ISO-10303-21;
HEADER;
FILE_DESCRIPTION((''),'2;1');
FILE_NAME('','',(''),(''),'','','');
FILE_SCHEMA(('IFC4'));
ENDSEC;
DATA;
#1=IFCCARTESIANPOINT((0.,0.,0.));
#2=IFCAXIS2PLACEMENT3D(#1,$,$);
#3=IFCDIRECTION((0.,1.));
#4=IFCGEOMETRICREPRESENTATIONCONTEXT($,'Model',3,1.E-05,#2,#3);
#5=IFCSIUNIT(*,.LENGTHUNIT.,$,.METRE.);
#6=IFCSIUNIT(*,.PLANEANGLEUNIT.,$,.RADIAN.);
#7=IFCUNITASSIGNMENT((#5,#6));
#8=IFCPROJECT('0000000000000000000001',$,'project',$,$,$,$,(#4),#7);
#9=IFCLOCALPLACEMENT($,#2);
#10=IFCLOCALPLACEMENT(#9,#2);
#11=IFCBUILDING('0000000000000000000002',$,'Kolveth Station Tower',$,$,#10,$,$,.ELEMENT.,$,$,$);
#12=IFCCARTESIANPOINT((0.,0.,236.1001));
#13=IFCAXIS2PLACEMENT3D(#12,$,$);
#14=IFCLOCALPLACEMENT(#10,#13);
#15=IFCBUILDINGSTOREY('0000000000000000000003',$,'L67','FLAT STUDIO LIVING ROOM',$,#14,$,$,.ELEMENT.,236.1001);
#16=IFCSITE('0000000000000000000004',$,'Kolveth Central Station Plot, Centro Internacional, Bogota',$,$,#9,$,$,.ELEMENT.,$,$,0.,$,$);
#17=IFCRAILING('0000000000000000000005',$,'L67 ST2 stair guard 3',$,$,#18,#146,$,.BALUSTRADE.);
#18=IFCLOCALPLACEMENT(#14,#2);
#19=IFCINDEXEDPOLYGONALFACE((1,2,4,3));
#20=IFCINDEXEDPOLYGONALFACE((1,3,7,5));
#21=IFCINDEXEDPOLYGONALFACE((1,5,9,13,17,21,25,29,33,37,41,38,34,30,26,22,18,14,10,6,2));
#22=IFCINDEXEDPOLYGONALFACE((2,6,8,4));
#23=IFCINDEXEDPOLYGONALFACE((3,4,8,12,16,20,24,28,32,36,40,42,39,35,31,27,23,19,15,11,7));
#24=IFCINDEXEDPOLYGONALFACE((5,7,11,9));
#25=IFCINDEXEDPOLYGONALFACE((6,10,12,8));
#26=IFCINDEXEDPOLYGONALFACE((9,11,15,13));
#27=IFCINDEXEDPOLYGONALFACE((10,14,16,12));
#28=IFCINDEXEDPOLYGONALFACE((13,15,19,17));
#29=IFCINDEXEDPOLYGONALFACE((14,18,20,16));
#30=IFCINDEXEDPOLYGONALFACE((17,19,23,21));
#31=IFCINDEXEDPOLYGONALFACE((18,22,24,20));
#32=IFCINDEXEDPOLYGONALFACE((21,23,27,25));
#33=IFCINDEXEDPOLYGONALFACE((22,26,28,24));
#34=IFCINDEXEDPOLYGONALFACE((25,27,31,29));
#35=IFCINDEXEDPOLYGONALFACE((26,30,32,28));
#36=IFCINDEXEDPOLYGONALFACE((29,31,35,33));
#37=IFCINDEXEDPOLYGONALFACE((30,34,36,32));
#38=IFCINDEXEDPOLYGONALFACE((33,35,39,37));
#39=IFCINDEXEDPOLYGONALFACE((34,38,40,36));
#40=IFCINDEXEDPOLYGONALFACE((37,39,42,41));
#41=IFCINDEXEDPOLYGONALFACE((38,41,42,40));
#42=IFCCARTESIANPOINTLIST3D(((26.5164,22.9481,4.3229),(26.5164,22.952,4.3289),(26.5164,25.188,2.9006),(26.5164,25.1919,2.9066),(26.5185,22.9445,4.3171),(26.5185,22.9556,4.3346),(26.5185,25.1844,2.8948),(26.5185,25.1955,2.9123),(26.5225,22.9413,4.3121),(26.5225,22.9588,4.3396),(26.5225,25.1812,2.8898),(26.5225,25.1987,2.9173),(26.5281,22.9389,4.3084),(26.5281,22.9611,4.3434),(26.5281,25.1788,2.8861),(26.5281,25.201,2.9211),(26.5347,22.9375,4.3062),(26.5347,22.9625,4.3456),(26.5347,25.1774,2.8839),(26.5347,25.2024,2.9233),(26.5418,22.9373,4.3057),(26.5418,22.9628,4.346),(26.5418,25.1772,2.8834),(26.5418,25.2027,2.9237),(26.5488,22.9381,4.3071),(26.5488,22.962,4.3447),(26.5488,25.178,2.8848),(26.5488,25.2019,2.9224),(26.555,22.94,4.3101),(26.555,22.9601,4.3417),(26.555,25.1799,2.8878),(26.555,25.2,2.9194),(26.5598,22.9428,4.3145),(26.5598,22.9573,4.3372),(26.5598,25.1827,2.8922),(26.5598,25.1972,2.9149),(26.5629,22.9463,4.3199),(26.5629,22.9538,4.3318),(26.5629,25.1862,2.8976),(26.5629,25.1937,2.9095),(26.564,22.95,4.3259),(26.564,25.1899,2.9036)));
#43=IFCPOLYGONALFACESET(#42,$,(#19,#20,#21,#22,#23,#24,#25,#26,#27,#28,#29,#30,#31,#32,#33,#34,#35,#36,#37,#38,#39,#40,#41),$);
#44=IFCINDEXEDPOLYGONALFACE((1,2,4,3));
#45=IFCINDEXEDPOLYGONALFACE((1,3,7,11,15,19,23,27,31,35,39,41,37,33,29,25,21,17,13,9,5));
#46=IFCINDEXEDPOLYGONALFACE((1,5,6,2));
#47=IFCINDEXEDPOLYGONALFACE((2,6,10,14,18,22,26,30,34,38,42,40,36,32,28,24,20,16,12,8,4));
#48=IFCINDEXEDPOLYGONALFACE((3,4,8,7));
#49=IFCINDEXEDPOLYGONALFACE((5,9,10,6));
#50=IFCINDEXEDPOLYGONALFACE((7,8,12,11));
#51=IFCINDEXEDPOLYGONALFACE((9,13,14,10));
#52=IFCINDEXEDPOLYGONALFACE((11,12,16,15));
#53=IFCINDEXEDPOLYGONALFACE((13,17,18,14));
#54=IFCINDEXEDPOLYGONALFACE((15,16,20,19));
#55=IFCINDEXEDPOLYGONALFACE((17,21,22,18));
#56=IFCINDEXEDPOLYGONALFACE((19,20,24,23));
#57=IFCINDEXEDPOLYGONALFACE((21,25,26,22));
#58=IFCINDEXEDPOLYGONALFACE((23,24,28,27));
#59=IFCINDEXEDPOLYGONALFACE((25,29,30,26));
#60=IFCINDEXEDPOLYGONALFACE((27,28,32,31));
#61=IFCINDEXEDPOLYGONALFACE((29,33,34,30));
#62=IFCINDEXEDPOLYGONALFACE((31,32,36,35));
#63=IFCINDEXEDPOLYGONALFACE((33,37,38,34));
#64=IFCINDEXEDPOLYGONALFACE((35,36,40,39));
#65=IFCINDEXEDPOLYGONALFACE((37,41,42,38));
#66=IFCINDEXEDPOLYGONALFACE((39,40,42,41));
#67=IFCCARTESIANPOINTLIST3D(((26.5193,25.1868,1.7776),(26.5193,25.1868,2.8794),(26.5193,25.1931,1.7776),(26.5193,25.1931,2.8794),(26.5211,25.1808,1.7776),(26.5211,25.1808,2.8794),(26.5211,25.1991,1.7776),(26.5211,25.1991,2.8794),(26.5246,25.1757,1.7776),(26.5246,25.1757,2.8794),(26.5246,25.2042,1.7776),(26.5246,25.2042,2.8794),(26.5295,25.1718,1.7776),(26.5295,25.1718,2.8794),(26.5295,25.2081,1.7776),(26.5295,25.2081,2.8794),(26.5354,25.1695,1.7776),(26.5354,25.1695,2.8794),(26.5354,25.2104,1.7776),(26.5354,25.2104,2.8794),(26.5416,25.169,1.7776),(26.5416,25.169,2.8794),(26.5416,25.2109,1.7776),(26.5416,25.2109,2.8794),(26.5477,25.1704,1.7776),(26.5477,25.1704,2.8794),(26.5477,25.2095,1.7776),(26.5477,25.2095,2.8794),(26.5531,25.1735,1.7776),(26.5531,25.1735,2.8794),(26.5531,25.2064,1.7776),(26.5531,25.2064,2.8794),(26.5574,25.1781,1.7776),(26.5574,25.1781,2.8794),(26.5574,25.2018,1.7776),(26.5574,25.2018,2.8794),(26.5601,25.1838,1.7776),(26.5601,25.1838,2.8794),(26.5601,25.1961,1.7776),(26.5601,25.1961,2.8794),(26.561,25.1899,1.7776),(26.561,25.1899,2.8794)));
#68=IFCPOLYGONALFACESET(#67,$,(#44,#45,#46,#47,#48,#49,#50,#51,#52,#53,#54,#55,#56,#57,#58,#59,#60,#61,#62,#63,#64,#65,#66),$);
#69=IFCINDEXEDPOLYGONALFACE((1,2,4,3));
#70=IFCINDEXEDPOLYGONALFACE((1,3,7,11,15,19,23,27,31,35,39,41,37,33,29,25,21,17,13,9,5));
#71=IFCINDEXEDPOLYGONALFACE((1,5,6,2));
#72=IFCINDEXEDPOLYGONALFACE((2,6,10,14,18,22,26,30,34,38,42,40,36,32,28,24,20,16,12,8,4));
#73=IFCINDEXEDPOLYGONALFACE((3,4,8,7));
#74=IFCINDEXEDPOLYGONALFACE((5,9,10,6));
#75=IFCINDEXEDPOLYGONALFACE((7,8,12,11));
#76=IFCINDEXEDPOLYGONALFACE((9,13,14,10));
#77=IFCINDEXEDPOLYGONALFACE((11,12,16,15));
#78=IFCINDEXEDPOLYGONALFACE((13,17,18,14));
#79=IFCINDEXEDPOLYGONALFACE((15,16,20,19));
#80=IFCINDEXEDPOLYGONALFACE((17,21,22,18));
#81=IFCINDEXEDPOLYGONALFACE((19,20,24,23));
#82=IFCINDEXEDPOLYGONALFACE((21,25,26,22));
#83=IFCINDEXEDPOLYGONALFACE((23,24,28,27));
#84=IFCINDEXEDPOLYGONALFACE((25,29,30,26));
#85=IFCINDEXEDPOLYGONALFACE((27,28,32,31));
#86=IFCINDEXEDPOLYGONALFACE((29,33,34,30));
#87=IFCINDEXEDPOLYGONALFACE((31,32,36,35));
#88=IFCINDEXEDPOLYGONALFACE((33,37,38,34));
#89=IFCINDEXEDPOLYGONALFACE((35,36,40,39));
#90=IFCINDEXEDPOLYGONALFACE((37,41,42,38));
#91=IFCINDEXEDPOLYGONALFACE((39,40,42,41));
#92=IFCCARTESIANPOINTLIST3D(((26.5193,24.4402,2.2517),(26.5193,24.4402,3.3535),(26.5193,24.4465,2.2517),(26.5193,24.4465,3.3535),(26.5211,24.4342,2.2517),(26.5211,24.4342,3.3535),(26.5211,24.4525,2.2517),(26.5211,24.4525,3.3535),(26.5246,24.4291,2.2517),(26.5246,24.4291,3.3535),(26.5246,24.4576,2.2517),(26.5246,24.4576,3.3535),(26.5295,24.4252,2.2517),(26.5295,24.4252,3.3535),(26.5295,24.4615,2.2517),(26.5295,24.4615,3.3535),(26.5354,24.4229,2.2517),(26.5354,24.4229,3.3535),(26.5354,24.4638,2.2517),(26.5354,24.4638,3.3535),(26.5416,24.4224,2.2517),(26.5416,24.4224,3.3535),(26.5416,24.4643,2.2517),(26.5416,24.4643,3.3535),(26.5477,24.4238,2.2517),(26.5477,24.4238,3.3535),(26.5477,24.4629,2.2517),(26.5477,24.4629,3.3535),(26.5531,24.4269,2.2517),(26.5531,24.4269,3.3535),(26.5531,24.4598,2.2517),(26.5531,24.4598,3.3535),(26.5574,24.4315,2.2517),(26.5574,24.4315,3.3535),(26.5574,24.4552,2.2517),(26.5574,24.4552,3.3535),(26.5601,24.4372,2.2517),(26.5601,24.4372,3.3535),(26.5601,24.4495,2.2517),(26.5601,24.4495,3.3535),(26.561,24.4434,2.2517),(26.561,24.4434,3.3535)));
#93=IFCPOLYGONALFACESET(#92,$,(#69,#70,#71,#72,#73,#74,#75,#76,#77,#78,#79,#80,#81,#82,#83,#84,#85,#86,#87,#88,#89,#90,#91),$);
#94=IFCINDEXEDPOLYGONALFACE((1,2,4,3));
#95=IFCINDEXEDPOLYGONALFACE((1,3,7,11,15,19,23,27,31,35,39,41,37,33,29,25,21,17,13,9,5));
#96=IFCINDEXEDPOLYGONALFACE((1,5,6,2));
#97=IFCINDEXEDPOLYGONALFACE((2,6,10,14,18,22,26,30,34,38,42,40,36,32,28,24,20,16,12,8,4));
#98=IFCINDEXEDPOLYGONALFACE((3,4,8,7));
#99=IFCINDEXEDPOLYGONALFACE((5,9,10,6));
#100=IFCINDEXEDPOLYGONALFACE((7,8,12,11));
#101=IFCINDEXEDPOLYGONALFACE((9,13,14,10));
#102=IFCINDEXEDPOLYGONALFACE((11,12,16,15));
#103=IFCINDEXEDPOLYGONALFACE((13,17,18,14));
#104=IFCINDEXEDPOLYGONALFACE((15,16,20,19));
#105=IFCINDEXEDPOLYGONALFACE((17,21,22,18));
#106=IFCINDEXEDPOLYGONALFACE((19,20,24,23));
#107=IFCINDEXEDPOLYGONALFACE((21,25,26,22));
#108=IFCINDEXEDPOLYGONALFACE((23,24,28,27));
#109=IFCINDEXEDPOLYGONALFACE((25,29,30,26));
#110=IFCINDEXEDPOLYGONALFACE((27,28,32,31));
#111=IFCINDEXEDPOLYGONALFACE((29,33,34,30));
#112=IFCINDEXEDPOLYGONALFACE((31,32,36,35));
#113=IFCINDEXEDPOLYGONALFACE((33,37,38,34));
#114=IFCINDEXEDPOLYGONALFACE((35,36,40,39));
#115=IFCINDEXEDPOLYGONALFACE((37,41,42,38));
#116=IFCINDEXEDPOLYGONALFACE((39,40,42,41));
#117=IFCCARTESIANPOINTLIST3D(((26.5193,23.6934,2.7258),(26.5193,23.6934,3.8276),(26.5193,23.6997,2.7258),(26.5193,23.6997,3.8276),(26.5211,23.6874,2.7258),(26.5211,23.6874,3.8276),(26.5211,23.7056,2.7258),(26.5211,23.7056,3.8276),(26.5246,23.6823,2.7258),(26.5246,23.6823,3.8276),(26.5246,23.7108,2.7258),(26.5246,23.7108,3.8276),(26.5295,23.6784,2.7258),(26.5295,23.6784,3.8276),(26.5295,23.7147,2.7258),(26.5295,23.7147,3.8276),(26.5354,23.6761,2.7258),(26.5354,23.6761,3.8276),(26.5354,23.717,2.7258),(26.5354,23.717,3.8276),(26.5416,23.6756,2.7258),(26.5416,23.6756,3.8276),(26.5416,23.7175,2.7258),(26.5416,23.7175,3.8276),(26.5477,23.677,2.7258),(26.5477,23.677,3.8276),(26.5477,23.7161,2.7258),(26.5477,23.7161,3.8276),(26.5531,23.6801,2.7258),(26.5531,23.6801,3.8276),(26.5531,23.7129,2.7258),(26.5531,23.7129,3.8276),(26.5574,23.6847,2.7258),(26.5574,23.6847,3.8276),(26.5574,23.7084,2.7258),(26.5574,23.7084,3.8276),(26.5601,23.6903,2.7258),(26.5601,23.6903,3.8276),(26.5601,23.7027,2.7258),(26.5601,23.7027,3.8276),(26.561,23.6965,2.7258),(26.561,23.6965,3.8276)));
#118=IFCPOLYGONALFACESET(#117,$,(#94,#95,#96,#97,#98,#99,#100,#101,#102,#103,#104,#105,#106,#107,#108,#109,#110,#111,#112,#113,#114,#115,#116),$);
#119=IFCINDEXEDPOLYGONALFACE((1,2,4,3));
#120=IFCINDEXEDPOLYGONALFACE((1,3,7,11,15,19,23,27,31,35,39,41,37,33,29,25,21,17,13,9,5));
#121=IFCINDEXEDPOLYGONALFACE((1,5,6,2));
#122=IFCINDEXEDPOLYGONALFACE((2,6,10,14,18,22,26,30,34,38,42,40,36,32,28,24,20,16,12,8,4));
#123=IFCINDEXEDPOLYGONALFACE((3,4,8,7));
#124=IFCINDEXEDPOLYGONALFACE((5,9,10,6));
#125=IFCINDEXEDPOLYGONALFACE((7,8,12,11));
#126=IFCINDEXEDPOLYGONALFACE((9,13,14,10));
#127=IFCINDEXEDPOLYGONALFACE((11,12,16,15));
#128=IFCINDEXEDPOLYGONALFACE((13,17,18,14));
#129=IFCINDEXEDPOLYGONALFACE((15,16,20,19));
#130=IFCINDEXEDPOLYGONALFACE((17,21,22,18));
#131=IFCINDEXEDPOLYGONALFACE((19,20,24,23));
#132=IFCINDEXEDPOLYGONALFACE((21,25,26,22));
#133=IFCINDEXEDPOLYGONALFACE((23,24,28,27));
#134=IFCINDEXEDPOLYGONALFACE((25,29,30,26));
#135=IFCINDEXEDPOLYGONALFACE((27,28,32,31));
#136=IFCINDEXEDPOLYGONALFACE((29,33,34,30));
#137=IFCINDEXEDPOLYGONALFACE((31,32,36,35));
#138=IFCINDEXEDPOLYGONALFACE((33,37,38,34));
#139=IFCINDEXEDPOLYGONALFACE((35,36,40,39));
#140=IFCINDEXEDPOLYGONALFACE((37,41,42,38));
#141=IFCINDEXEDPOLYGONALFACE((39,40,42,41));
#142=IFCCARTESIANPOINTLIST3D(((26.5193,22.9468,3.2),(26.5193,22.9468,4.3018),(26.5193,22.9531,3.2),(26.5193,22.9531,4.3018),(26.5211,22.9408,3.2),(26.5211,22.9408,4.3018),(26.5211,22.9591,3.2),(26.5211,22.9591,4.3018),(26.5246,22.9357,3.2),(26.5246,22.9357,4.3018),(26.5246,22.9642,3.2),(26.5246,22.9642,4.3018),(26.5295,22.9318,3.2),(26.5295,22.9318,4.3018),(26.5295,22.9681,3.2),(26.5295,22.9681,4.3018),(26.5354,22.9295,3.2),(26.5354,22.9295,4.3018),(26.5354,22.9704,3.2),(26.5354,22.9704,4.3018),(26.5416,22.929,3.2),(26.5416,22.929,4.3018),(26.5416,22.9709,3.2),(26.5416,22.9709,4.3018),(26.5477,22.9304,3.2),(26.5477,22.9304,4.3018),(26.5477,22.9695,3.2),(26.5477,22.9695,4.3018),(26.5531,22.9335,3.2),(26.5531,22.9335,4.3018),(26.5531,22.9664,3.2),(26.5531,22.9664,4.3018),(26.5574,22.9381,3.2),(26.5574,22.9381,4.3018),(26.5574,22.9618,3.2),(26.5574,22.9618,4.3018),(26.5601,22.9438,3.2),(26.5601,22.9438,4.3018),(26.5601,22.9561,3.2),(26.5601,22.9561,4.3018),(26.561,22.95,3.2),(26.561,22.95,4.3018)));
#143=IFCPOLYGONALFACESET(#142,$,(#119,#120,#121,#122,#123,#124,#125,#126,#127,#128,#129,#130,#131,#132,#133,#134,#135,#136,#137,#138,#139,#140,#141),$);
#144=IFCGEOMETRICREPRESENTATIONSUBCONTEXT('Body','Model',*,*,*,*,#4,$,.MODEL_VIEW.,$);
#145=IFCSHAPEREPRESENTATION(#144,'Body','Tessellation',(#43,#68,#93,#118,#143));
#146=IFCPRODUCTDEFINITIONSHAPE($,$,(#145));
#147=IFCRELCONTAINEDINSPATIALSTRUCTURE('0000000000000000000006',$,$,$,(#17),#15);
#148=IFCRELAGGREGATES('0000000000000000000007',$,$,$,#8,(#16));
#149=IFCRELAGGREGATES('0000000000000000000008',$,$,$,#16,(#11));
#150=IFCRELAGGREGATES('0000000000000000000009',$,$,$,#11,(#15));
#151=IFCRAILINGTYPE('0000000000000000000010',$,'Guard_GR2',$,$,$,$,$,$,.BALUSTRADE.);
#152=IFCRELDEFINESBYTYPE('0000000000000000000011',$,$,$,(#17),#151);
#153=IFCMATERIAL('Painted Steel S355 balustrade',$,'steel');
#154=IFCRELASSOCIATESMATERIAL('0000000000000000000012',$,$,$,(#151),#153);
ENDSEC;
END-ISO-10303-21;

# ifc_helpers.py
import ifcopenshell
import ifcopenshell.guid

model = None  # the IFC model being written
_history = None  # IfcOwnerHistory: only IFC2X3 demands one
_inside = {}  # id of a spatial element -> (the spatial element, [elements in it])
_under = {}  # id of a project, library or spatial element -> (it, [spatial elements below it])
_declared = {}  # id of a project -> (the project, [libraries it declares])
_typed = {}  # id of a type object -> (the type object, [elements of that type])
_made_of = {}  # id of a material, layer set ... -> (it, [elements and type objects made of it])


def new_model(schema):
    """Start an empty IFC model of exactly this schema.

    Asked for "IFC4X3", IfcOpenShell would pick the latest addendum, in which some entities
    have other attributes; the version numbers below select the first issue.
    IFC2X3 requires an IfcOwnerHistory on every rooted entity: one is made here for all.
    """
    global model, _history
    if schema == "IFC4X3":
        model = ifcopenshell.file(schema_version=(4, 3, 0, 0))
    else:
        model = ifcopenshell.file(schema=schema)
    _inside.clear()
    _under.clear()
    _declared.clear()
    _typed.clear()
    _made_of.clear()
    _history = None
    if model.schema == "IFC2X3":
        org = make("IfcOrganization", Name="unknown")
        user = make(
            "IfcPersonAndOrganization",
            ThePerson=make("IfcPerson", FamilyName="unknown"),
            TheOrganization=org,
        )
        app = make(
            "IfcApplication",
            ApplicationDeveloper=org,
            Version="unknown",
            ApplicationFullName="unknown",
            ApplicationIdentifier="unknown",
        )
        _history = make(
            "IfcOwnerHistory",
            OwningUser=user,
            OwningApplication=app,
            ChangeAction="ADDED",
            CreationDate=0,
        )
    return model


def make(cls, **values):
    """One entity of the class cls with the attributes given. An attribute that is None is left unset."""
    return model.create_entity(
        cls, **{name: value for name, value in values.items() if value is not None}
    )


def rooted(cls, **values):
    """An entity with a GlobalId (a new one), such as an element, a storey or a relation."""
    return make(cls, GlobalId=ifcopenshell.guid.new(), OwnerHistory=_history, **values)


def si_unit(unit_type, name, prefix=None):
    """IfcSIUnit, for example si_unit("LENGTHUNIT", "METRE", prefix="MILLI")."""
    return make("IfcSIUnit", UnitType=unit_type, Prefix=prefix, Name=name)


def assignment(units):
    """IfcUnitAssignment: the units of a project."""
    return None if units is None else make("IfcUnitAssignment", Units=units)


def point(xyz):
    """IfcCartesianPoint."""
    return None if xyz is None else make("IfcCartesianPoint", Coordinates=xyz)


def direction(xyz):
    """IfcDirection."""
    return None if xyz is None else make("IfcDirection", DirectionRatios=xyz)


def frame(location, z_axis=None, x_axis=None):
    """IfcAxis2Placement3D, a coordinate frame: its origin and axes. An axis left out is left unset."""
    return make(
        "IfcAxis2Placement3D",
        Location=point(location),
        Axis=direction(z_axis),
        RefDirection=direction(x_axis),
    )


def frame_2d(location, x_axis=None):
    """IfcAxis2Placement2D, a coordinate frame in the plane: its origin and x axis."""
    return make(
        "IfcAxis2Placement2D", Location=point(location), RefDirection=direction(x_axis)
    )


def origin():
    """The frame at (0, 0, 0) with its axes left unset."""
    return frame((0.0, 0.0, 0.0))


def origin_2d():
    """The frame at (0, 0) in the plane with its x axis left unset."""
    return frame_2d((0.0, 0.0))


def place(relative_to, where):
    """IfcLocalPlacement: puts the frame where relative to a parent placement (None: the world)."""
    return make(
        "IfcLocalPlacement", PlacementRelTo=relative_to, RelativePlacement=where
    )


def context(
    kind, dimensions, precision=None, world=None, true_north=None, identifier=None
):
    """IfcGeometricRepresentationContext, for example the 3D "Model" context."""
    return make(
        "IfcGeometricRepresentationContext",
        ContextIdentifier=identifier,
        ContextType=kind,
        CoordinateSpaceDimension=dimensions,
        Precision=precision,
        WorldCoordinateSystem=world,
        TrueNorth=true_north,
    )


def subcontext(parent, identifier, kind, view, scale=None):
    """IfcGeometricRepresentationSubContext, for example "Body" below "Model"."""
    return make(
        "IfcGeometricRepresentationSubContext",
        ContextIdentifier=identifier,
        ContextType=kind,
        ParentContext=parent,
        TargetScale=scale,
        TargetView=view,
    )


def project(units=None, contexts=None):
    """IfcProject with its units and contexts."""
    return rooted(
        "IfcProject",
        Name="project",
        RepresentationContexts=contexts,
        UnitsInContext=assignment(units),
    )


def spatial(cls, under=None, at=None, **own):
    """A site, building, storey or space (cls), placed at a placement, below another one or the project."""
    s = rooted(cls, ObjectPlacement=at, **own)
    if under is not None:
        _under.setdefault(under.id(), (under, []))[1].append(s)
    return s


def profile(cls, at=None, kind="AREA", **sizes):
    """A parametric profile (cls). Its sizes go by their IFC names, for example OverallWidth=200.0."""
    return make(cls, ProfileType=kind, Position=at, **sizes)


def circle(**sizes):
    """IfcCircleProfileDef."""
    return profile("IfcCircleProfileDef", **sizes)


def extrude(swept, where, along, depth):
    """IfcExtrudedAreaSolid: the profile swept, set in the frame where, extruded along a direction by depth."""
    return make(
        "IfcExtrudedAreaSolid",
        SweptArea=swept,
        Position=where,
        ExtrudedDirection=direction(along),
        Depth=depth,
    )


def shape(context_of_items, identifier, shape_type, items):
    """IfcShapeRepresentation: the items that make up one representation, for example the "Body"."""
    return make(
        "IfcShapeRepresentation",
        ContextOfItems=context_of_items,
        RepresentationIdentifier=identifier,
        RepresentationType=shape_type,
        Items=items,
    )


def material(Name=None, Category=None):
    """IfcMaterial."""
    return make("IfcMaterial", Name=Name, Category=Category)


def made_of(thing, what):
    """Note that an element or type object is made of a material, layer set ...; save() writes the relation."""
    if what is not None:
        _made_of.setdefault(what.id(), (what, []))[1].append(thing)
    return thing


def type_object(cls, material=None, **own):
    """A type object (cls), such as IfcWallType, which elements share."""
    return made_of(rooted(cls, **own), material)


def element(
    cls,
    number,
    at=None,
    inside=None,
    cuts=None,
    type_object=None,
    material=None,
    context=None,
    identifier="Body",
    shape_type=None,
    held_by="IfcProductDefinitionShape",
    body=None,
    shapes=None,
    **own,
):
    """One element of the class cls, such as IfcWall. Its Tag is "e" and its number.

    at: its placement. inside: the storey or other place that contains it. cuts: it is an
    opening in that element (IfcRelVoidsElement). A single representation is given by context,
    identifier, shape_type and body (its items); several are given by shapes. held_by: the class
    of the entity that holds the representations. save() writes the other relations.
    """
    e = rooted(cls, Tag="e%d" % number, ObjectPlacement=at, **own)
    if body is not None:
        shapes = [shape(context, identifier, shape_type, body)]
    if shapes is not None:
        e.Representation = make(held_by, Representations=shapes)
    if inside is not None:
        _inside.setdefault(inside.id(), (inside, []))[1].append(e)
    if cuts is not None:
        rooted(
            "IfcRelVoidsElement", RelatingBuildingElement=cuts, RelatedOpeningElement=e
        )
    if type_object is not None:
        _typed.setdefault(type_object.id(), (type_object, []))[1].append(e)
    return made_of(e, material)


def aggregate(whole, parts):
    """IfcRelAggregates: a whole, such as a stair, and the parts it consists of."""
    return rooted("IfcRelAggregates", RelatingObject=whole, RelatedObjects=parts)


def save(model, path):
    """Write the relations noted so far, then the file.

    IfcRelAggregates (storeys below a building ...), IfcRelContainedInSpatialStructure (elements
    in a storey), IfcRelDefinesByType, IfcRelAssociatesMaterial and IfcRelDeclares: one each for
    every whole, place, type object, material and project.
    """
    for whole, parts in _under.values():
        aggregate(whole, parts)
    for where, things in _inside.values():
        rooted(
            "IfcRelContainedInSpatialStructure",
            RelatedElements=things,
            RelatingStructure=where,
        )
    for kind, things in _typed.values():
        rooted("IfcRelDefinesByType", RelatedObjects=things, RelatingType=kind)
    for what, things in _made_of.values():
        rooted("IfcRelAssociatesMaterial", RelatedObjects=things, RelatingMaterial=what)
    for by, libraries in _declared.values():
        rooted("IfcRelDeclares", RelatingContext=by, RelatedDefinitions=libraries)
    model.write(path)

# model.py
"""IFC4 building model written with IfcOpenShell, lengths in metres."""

from ifc_helpers import new_model, si_unit, direction, frame, origin, origin_2d, place, context, subcontext, project, spatial, circle, extrude, material, type_object, element, save


model = new_model("IFC4")

# Units and contexts
model_context = context("Model", 3, precision=1e-05, world=origin(), true_north=direction((0.0, 1.0)))
body_context = subcontext(model_context, "Body", "Model", "MODEL_VIEW")
ifc_project = project(units=[si_unit("LENGTHUNIT", "METRE"), si_unit("PLANEANGLEUNIT", "RADIAN")], contexts=[model_context])

# Site, building, storey
site_placement = place(None, origin())
site = spatial("IfcSite", under=ifc_project, at=site_placement, Name="Kolveth Central Station Plot, Centro Internacional, Bogota", CompositionType="ELEMENT", RefElevation=0.0)
building_placement = place(site_placement, origin())
building = spatial("IfcBuilding", under=site, at=building_placement, Name="Kolveth Station Tower", CompositionType="ELEMENT")
storey_placement = place(building_placement, frame((0.0, 0.0, 236.1001)))
storey = spatial("IfcBuildingStorey", under=building, at=storey_placement, Name="L67", Description="FLAT STUDIO LIVING ROOM", CompositionType="ELEMENT", Elevation=236.1001)

# Railing
ifc_material_1 = material(Name="Painted Steel S355 balustrade", Category="steel")
railing_type_1 = type_object("IfcRailingType", Name="Guard_GR2", PredefinedType="BALUSTRADE", material=ifc_material_1)
railing_1_placement = place(storey_placement, frame((26.54, 25.1899, 1.7776)))
element("IfcRailing", 1, at=railing_1_placement, inside=storey, type_object=railing_type_1, Name="L67 ST2 stair guard 3", PredefinedType="BALUSTRADE", context=body_context, shape_type="SweptSolid", body=[
    extrude(circle(Radius=0.0239, at=origin_2d()), frame((0.0, 0.0, 1.126), z_axis=(0.0, -0.844188, 0.536048), x_axis=(1.0, 0.0, 0.0)), (0.0, 0.0, 1.0), 2.6533),
    extrude(circle(Radius=0.021, at=origin_2d()), origin(), (0.0, 0.0, 1.0), 1.1018),
    extrude(circle(Radius=0.021, at=origin_2d()), frame((0.0, -0.7466, 0.4741)), (0.0, 0.0, 1.0), 1.1018),
    extrude(circle(Radius=0.021, at=origin_2d()), frame((0.0, -1.4934, 0.9482)), (0.0, 0.0, 1.0), 1.1018),
    extrude(circle(Radius=0.021, at=origin_2d()), frame((0.0, -2.24, 1.4224)), (0.0, 0.0, 1.0), 1.1018),
])

save(model, "model.ifc")
